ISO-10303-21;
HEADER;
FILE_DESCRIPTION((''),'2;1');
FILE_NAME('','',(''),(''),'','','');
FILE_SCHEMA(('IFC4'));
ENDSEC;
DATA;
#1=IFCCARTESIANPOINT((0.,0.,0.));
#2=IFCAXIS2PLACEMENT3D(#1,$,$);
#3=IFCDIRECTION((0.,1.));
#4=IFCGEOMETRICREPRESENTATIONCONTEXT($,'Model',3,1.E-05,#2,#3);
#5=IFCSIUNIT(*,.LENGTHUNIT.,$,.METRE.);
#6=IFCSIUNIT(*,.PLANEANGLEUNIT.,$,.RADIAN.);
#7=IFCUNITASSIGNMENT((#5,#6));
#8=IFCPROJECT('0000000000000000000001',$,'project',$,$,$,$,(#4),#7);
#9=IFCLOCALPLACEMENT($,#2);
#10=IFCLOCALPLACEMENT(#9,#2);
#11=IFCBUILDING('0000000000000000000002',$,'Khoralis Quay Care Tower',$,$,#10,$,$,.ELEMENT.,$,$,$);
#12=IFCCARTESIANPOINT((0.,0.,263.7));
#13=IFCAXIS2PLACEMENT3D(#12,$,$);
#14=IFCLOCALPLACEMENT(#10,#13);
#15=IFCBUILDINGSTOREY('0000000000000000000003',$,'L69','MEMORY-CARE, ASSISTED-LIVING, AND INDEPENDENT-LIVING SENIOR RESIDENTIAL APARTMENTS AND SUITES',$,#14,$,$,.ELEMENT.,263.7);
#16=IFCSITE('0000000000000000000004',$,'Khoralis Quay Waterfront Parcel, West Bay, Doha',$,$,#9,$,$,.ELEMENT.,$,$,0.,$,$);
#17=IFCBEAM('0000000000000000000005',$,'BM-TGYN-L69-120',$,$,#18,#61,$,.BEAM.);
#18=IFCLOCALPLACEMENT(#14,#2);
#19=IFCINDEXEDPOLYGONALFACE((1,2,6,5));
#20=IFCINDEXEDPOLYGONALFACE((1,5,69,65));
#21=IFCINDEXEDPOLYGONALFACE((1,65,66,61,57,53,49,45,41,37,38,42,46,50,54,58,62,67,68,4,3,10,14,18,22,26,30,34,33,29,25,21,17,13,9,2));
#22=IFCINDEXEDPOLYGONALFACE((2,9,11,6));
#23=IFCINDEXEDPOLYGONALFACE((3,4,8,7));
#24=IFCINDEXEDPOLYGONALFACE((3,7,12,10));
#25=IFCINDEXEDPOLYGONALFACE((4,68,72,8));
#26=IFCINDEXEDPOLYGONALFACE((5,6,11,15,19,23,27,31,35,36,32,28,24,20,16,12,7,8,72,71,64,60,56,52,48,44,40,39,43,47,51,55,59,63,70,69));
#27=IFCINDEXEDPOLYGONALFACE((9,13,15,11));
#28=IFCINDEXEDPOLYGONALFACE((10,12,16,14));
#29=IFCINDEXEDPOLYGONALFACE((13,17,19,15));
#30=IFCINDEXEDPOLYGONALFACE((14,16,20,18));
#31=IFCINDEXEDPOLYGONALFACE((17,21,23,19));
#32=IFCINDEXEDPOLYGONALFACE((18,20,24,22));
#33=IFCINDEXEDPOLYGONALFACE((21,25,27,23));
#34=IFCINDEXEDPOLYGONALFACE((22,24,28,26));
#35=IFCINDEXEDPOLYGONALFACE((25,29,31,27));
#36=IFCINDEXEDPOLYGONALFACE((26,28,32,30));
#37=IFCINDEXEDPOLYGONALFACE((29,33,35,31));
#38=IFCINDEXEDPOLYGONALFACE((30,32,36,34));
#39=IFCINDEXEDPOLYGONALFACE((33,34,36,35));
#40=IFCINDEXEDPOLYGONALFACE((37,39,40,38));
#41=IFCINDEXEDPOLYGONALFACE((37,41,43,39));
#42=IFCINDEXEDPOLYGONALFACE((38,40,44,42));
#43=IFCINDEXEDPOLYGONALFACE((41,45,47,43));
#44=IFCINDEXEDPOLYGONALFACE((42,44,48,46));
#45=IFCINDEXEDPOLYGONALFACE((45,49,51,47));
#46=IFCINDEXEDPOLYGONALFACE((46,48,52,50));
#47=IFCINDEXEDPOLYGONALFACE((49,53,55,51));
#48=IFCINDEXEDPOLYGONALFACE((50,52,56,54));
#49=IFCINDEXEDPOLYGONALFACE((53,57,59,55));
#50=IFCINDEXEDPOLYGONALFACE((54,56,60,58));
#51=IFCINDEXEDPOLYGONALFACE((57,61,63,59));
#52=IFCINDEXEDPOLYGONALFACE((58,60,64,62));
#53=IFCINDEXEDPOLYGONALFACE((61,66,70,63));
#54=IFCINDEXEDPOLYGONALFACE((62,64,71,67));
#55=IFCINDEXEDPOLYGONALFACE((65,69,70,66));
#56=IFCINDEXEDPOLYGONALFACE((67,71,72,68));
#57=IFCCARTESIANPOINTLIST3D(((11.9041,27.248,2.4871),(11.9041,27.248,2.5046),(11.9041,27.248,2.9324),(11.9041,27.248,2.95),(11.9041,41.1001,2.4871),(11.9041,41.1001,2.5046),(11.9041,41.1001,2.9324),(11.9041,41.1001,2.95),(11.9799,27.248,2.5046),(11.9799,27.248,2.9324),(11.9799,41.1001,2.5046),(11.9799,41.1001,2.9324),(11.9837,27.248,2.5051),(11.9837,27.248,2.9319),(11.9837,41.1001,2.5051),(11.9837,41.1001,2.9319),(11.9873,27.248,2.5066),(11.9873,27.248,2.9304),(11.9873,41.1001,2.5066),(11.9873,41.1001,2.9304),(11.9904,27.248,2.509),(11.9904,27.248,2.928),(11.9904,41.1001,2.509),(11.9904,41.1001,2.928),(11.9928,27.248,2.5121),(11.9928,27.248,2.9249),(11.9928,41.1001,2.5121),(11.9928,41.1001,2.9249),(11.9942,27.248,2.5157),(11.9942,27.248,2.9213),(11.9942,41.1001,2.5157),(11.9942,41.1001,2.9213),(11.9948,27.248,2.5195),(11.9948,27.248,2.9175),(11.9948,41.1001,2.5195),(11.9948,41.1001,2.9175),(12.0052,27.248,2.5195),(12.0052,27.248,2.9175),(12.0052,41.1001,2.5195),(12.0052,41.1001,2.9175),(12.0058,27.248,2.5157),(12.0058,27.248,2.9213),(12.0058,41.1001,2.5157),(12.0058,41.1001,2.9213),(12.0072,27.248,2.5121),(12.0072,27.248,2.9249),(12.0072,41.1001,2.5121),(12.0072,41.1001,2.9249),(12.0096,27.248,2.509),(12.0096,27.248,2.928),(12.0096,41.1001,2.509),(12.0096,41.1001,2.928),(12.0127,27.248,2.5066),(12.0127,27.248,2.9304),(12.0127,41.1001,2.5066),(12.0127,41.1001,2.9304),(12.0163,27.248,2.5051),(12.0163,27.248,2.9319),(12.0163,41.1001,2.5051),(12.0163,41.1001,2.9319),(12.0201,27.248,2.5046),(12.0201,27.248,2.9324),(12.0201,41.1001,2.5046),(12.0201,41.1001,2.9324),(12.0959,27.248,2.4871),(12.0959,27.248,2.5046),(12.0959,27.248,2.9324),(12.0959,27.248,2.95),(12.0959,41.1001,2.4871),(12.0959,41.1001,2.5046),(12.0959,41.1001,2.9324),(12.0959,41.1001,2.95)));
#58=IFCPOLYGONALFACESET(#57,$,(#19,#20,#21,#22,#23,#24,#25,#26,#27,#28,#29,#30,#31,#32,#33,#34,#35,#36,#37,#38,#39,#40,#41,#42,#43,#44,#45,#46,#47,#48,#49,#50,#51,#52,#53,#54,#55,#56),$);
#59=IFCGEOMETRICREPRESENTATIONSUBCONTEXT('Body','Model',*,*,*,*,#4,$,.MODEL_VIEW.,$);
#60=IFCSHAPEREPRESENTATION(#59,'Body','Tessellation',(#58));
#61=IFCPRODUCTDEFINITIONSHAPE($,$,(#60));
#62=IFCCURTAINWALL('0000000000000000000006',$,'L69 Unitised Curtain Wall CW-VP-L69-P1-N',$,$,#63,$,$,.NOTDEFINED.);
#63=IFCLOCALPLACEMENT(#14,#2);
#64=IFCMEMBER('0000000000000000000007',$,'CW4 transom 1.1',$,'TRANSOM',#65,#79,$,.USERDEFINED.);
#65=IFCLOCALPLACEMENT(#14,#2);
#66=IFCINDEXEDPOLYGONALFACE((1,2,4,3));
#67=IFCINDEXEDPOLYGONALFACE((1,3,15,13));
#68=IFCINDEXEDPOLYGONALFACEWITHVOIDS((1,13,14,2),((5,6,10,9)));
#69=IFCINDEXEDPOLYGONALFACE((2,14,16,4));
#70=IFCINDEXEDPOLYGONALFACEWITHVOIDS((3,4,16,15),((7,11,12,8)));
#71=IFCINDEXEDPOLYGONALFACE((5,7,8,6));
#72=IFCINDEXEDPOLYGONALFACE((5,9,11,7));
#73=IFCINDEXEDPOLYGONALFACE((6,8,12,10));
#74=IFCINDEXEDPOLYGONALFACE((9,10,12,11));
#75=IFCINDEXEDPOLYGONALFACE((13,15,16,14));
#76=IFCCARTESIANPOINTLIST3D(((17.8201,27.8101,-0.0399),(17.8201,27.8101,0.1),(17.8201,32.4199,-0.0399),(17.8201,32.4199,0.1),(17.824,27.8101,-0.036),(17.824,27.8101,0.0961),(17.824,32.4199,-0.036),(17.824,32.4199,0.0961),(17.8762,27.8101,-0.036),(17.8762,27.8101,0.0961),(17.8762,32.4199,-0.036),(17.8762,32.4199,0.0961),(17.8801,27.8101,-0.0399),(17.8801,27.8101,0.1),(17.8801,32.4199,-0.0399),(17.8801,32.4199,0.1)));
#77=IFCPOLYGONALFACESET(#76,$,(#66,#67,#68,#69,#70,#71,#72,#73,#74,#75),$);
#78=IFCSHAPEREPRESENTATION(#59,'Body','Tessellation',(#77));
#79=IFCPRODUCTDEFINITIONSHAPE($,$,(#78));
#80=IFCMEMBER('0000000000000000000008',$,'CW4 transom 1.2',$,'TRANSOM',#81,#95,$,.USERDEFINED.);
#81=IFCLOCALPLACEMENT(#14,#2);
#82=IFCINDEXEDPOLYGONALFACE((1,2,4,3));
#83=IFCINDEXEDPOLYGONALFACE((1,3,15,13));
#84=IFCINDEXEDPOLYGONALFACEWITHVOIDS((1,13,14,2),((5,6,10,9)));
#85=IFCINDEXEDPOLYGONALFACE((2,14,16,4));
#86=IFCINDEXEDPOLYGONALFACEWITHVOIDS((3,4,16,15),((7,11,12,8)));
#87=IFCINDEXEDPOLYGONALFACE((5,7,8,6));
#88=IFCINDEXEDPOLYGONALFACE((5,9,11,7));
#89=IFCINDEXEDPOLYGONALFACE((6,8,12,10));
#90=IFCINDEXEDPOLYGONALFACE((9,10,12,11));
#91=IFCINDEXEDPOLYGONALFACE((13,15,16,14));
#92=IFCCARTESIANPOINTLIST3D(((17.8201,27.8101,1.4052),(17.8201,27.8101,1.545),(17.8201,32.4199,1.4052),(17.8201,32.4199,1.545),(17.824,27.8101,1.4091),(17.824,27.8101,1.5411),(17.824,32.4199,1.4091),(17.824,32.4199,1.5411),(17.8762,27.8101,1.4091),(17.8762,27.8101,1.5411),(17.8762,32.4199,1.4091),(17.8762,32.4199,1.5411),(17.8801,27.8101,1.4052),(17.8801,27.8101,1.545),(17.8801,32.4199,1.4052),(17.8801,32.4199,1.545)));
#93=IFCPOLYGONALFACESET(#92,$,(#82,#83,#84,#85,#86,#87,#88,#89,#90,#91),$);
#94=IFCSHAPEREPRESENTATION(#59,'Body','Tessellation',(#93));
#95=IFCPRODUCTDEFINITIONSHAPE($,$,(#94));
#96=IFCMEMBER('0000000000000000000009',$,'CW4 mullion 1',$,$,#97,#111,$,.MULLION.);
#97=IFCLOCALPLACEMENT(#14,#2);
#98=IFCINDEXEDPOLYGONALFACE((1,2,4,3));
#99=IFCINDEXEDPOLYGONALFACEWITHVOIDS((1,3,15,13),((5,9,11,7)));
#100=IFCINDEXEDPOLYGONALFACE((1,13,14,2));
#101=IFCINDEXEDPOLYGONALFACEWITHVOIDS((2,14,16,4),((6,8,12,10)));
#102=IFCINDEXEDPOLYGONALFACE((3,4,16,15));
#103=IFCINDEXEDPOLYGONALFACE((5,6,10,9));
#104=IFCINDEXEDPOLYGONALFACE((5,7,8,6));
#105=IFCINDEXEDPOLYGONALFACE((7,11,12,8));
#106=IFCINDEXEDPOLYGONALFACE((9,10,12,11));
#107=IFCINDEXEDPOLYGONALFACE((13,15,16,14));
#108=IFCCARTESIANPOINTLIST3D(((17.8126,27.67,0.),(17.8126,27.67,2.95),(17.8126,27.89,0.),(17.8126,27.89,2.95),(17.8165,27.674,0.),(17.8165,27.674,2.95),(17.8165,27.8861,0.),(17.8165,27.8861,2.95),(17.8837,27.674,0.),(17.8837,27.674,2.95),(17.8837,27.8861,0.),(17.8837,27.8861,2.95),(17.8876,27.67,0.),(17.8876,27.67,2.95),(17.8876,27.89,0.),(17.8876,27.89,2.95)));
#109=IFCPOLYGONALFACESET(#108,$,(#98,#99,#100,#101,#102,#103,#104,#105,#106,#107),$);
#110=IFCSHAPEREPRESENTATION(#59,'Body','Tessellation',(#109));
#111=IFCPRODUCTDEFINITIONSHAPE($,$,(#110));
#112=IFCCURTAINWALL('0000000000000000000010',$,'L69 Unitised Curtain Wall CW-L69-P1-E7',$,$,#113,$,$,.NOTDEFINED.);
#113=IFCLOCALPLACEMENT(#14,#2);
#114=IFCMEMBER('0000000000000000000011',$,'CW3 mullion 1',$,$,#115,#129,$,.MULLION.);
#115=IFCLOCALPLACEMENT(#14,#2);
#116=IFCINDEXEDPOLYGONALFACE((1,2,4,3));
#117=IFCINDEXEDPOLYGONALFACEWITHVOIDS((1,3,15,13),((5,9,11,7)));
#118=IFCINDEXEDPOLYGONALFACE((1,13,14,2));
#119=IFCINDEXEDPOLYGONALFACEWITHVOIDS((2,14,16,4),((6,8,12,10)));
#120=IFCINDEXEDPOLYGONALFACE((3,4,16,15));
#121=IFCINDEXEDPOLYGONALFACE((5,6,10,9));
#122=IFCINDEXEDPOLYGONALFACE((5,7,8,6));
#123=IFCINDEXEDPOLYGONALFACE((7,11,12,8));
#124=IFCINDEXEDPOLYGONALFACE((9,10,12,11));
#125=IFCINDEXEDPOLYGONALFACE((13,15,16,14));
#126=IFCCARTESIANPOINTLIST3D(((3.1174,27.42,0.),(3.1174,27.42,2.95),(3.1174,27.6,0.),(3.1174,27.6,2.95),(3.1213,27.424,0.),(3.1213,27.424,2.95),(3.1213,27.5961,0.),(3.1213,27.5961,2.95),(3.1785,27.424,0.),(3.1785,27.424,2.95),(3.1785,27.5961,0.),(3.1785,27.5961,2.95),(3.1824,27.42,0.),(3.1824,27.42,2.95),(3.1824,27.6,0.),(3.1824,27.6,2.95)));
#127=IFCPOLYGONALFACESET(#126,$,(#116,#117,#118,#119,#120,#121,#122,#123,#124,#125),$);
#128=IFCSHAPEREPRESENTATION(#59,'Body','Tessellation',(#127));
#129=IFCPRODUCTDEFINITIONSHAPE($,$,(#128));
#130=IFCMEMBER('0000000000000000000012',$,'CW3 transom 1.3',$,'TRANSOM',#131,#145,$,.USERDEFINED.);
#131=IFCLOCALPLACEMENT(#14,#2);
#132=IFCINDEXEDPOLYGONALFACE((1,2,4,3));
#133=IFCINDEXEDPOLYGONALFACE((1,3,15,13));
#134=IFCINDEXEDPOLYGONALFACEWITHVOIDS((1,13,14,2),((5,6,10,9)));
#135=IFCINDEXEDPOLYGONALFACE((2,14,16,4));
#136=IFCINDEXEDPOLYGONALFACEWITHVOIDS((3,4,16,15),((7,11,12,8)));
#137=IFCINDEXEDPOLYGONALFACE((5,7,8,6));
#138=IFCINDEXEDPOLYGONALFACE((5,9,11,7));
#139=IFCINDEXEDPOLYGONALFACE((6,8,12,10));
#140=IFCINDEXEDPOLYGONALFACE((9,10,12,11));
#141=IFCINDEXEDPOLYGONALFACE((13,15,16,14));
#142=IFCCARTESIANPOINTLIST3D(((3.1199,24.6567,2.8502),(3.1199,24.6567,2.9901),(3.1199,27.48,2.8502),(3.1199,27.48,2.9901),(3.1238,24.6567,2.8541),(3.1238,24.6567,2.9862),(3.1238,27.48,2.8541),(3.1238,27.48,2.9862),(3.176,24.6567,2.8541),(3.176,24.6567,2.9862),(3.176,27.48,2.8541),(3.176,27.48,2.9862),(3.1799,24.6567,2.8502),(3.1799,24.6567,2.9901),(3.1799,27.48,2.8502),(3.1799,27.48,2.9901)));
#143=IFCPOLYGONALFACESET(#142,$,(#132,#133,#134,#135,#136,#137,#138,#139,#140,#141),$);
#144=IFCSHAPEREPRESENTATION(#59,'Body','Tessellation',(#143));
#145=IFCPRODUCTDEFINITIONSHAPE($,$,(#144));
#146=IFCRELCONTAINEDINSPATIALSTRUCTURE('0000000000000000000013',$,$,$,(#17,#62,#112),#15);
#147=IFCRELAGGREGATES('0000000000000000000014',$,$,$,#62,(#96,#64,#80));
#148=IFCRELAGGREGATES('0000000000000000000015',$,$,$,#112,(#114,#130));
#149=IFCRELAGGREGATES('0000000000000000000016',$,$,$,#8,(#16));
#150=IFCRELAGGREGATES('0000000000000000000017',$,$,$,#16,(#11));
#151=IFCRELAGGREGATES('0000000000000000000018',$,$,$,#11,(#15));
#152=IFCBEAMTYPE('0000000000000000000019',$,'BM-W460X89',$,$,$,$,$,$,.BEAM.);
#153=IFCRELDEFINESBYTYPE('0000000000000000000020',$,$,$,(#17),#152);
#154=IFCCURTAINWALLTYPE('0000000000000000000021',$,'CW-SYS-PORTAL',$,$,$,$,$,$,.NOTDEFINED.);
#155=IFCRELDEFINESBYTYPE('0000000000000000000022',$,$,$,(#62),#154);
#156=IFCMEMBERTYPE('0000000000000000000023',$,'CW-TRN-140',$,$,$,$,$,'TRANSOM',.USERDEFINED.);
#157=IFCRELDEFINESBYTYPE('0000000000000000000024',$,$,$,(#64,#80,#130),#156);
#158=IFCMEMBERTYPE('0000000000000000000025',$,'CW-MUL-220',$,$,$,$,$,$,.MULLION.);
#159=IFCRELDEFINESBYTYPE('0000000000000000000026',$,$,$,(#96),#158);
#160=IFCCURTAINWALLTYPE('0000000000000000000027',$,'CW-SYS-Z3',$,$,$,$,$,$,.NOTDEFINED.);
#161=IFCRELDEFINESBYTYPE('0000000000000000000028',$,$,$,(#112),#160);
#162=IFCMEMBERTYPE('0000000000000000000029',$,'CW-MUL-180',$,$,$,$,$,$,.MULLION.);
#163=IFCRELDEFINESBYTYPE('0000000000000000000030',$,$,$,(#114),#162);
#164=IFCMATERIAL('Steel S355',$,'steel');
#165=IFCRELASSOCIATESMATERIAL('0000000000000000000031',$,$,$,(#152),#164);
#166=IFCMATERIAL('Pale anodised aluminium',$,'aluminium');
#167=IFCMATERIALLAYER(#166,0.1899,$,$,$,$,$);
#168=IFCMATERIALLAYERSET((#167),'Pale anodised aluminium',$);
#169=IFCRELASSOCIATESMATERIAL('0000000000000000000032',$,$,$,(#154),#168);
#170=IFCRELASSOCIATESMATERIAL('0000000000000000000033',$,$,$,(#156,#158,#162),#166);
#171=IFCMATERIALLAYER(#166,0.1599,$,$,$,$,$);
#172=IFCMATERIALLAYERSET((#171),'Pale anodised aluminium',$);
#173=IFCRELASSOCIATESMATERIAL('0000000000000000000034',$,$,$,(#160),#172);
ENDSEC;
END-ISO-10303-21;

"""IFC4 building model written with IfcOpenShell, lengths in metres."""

from ifc_helpers import new_model, si_unit, direction, frame, origin, origin_2d, place, context, subcontext, project, spatial, hollow_rectangle, i_section, extrude, source, transform, mapped, material, layer, layer_set, material_profile, profile_set, type_object, element, aggregate, save


model = new_model("IFC4")

# Units and contexts
model_context = context("Model", 3, precision=1e-05, world=origin(), true_north=direction((0.0, 1.0)))
body_context = subcontext(model_context, "Body", "Model", "MODEL_VIEW")
ifc_project = project(units=[si_unit("LENGTHUNIT", "METRE"), si_unit("PLANEANGLEUNIT", "RADIAN")], contexts=[model_context])

# Site, building, storey
site_placement = place(None, origin())
site = spatial("IfcSite", under=ifc_project, at=site_placement, Name="Khoralis Quay Waterfront Parcel, West Bay, Doha", CompositionType="ELEMENT", RefElevation=0.0)
building_placement = place(site_placement, origin())
building = spatial("IfcBuilding", under=site, at=building_placement, Name="Khoralis Quay Care Tower", CompositionType="ELEMENT")
storey_placement = place(building_placement, frame((0.0, 0.0, 263.7)))
storey = spatial("IfcBuildingStorey", under=building, at=storey_placement, Name="L69", Description="MEMORY-CARE, ASSISTED-LIVING, AND INDEPENDENT-LIVING SENIOR RESIDENTIAL APARTMENTS AND SUITES", CompositionType="ELEMENT", Elevation=263.7)

# Beam
ifc_material_1 = material(Name="Steel S355", Category="steel")
ifc_material_profile_1 = material_profile(ifc_material_1, i_section(OverallWidth=0.1919, OverallDepth=0.4629, WebThickness=0.0105, FlangeThickness=0.0176, FilletRadius=0.0149, at=origin_2d()), Name="Steel S355")
ifc_profile_set_1 = profile_set([ifc_material_profile_1], Name="Steel S355")
beam_type_1 = type_object("IfcBeamType", Name="BM-W460X89", PredefinedType="BEAM", material=ifc_profile_set_1)
shared_shape_1 = source(origin(), body_context, "Body", "SweptSolid", [
    extrude(i_section(OverallWidth=0.1919, OverallDepth=0.4629, WebThickness=0.0105, FlangeThickness=0.0176, FilletRadius=0.0149, at=origin_2d()), origin(), (0.0, 0.0, 1.0), 13.8521),
])
beam_1_placement = place(storey_placement, frame((12.0, 27.248, 2.7185), z_axis=(0.0, 1.0, 0.0), x_axis=(-1.0, 0.0, 0.0)))
element("IfcBeam", 1, at=beam_1_placement, inside=storey, type_object=beam_type_1, Name="BM-TGYN-L69-120", PredefinedType="BEAM", context=body_context, shape_type="MappedRepresentation", body=[
    mapped(shared_shape_1, transform((0.0, 0.0, 0.0), scale=1.0)),
])

# Curtain walls, members
ifc_material_2 = material(Name="Pale anodised aluminium", Category="aluminium")
ifc_layer_1 = layer(ifc_material_2, 0.1899)
ifc_layer_set_1 = layer_set([ifc_layer_1], Name="Pale anodised aluminium")
curtain_wall_type_1 = type_object("IfcCurtainWallType", Name="CW-SYS-PORTAL", PredefinedType="NOTDEFINED", material=ifc_layer_set_1)
curtain_wall_1_placement = place(storey_placement, origin())
curtain_wall_1 = element("IfcCurtainWall", 2, at=curtain_wall_1_placement, inside=storey, type_object=curtain_wall_type_1, Name="L69 Unitised Curtain Wall CW-VP-L69-P1-N", PredefinedType="NOTDEFINED")
ifc_material_profile_2 = material_profile(ifc_material_2, hollow_rectangle(XDim=0.0601, YDim=0.1399, WallThickness=0.0039, at=origin_2d()), Name="Pale anodised aluminium")
ifc_profile_set_2 = profile_set([ifc_material_profile_2], Name="Pale anodised aluminium")
member_type_1 = type_object("IfcMemberType", Name="CW-TRN-140", ElementType="TRANSOM", PredefinedType="USERDEFINED", material=ifc_profile_set_2)
shared_shape_2 = source(origin(), body_context, "Body", "SweptSolid", [
    extrude(hollow_rectangle(XDim=0.0601, YDim=0.1399, WallThickness=0.0039, at=origin_2d()), origin(), (0.0, 0.0, 1.0), 4.6099),
])
member_1_placement = place(storey_placement, frame((17.8501, 27.8101, 0.03), z_axis=(0.0, 1.0, 0.0), x_axis=(-1.0, 0.0, 0.0)))
member_1 = element("IfcMember", 3, at=member_1_placement, type_object=member_type_1, Name="CW4 transom 1.1", ObjectType="TRANSOM", PredefinedType="USERDEFINED", context=body_context, shape_type="MappedRepresentation", body=[
    mapped(shared_shape_2, transform((0.0, 0.0, 0.0), scale=1.0)),
])
member_2_placement = place(storey_placement, frame((17.8501, 27.8101, 1.4751), z_axis=(0.0, 1.0, 0.0), x_axis=(-1.0, 0.0, 0.0)))
member_2 = element("IfcMember", 4, at=member_2_placement, type_object=member_type_1, Name="CW4 transom 1.2", ObjectType="TRANSOM", PredefinedType="USERDEFINED", context=body_context, shape_type="MappedRepresentation", body=[
    mapped(shared_shape_2, transform((0.0, 0.0, 0.0), scale=1.0)),
])
ifc_material_profile_3 = material_profile(ifc_material_2, hollow_rectangle(XDim=0.075, YDim=0.22, WallThickness=0.0039, at=origin_2d()), Name="Pale anodised aluminium")
ifc_profile_set_3 = profile_set([ifc_material_profile_3], Name="Pale anodised aluminium")
member_type_2 = type_object("IfcMemberType", Name="CW-MUL-220", PredefinedType="MULLION", material=ifc_profile_set_3)
shared_shape_3 = source(origin(), body_context, "Body", "SweptSolid", [
    extrude(hollow_rectangle(XDim=0.075, YDim=0.22, WallThickness=0.0039, at=origin_2d()), origin(), (0.0, 0.0, 1.0), 2.95),
])
member_3_placement = place(storey_placement, frame((17.8501, 27.78, 0.0), z_axis=(0.0, 0.0, 1.0), x_axis=(-1.0, 0.0, 0.0)))
member_3 = element("IfcMember", 5, at=member_3_placement, type_object=member_type_2, Name="CW4 mullion 1", PredefinedType="MULLION", context=body_context, shape_type="MappedRepresentation", body=[
    mapped(shared_shape_3, transform((0.0, 0.0, 0.0), scale=1.0)),
])
aggregate(curtain_wall_1, [member_3, member_1, member_2])
ifc_layer_2 = layer(ifc_material_2, 0.1599)
ifc_layer_set_2 = layer_set([ifc_layer_2], Name="Pale anodised aluminium")
curtain_wall_type_2 = type_object("IfcCurtainWallType", Name="CW-SYS-Z3", PredefinedType="NOTDEFINED", material=ifc_layer_set_2)
curtain_wall_2_placement = place(storey_placement, origin())
curtain_wall_2 = element("IfcCurtainWall", 6, at=curtain_wall_2_placement, inside=storey, type_object=curtain_wall_type_2, Name="L69 Unitised Curtain Wall CW-L69-P1-E7", PredefinedType="NOTDEFINED")
ifc_material_profile_4 = material_profile(ifc_material_2, hollow_rectangle(XDim=0.0649, YDim=0.1799, WallThickness=0.0039, at=origin_2d()), Name="Pale anodised aluminium")
ifc_profile_set_4 = profile_set([ifc_material_profile_4], Name="Pale anodised aluminium")
member_type_3 = type_object("IfcMemberType", Name="CW-MUL-180", PredefinedType="MULLION", material=ifc_profile_set_4)
shared_shape_4 = source(origin(), body_context, "Body", "SweptSolid", [
    extrude(hollow_rectangle(XDim=0.0649, YDim=0.1799, WallThickness=0.0039, at=origin_2d()), origin(), (0.0, 0.0, 1.0), 2.95),
])
member_4_placement = place(storey_placement, frame((3.1499, 27.51, 0.0), z_axis=(0.0, 0.0, 1.0), x_axis=(1.0, 0.0, 0.0)))
member_4 = element("IfcMember", 7, at=member_4_placement, type_object=member_type_3, Name="CW3 mullion 1", PredefinedType="MULLION", context=body_context, shape_type="MappedRepresentation", body=[
    mapped(shared_shape_4, transform((0.0, 0.0, 0.0), scale=1.0)),
])
shared_shape_5 = source(origin(), body_context, "Body", "SweptSolid", [
    extrude(hollow_rectangle(XDim=0.0601, YDim=0.1399, WallThickness=0.0039, at=origin_2d()), origin(), (0.0, 0.0, 1.0), 2.8232),
])
member_5_placement = place(storey_placement, frame((3.1499, 27.48, 2.9202), z_axis=(0.0, -1.0, 0.0), x_axis=(1.0, 0.0, 0.0)))
member_5 = element("IfcMember", 8, at=member_5_placement, type_object=member_type_1, Name="CW3 transom 1.3", ObjectType="TRANSOM", PredefinedType="USERDEFINED", context=body_context, shape_type="MappedRepresentation", body=[
    mapped(shared_shape_5, transform((0.0, 0.0, 0.0), scale=1.0)),
])
aggregate(curtain_wall_2, [member_4, member_5])

save(model, "model.ifc")
